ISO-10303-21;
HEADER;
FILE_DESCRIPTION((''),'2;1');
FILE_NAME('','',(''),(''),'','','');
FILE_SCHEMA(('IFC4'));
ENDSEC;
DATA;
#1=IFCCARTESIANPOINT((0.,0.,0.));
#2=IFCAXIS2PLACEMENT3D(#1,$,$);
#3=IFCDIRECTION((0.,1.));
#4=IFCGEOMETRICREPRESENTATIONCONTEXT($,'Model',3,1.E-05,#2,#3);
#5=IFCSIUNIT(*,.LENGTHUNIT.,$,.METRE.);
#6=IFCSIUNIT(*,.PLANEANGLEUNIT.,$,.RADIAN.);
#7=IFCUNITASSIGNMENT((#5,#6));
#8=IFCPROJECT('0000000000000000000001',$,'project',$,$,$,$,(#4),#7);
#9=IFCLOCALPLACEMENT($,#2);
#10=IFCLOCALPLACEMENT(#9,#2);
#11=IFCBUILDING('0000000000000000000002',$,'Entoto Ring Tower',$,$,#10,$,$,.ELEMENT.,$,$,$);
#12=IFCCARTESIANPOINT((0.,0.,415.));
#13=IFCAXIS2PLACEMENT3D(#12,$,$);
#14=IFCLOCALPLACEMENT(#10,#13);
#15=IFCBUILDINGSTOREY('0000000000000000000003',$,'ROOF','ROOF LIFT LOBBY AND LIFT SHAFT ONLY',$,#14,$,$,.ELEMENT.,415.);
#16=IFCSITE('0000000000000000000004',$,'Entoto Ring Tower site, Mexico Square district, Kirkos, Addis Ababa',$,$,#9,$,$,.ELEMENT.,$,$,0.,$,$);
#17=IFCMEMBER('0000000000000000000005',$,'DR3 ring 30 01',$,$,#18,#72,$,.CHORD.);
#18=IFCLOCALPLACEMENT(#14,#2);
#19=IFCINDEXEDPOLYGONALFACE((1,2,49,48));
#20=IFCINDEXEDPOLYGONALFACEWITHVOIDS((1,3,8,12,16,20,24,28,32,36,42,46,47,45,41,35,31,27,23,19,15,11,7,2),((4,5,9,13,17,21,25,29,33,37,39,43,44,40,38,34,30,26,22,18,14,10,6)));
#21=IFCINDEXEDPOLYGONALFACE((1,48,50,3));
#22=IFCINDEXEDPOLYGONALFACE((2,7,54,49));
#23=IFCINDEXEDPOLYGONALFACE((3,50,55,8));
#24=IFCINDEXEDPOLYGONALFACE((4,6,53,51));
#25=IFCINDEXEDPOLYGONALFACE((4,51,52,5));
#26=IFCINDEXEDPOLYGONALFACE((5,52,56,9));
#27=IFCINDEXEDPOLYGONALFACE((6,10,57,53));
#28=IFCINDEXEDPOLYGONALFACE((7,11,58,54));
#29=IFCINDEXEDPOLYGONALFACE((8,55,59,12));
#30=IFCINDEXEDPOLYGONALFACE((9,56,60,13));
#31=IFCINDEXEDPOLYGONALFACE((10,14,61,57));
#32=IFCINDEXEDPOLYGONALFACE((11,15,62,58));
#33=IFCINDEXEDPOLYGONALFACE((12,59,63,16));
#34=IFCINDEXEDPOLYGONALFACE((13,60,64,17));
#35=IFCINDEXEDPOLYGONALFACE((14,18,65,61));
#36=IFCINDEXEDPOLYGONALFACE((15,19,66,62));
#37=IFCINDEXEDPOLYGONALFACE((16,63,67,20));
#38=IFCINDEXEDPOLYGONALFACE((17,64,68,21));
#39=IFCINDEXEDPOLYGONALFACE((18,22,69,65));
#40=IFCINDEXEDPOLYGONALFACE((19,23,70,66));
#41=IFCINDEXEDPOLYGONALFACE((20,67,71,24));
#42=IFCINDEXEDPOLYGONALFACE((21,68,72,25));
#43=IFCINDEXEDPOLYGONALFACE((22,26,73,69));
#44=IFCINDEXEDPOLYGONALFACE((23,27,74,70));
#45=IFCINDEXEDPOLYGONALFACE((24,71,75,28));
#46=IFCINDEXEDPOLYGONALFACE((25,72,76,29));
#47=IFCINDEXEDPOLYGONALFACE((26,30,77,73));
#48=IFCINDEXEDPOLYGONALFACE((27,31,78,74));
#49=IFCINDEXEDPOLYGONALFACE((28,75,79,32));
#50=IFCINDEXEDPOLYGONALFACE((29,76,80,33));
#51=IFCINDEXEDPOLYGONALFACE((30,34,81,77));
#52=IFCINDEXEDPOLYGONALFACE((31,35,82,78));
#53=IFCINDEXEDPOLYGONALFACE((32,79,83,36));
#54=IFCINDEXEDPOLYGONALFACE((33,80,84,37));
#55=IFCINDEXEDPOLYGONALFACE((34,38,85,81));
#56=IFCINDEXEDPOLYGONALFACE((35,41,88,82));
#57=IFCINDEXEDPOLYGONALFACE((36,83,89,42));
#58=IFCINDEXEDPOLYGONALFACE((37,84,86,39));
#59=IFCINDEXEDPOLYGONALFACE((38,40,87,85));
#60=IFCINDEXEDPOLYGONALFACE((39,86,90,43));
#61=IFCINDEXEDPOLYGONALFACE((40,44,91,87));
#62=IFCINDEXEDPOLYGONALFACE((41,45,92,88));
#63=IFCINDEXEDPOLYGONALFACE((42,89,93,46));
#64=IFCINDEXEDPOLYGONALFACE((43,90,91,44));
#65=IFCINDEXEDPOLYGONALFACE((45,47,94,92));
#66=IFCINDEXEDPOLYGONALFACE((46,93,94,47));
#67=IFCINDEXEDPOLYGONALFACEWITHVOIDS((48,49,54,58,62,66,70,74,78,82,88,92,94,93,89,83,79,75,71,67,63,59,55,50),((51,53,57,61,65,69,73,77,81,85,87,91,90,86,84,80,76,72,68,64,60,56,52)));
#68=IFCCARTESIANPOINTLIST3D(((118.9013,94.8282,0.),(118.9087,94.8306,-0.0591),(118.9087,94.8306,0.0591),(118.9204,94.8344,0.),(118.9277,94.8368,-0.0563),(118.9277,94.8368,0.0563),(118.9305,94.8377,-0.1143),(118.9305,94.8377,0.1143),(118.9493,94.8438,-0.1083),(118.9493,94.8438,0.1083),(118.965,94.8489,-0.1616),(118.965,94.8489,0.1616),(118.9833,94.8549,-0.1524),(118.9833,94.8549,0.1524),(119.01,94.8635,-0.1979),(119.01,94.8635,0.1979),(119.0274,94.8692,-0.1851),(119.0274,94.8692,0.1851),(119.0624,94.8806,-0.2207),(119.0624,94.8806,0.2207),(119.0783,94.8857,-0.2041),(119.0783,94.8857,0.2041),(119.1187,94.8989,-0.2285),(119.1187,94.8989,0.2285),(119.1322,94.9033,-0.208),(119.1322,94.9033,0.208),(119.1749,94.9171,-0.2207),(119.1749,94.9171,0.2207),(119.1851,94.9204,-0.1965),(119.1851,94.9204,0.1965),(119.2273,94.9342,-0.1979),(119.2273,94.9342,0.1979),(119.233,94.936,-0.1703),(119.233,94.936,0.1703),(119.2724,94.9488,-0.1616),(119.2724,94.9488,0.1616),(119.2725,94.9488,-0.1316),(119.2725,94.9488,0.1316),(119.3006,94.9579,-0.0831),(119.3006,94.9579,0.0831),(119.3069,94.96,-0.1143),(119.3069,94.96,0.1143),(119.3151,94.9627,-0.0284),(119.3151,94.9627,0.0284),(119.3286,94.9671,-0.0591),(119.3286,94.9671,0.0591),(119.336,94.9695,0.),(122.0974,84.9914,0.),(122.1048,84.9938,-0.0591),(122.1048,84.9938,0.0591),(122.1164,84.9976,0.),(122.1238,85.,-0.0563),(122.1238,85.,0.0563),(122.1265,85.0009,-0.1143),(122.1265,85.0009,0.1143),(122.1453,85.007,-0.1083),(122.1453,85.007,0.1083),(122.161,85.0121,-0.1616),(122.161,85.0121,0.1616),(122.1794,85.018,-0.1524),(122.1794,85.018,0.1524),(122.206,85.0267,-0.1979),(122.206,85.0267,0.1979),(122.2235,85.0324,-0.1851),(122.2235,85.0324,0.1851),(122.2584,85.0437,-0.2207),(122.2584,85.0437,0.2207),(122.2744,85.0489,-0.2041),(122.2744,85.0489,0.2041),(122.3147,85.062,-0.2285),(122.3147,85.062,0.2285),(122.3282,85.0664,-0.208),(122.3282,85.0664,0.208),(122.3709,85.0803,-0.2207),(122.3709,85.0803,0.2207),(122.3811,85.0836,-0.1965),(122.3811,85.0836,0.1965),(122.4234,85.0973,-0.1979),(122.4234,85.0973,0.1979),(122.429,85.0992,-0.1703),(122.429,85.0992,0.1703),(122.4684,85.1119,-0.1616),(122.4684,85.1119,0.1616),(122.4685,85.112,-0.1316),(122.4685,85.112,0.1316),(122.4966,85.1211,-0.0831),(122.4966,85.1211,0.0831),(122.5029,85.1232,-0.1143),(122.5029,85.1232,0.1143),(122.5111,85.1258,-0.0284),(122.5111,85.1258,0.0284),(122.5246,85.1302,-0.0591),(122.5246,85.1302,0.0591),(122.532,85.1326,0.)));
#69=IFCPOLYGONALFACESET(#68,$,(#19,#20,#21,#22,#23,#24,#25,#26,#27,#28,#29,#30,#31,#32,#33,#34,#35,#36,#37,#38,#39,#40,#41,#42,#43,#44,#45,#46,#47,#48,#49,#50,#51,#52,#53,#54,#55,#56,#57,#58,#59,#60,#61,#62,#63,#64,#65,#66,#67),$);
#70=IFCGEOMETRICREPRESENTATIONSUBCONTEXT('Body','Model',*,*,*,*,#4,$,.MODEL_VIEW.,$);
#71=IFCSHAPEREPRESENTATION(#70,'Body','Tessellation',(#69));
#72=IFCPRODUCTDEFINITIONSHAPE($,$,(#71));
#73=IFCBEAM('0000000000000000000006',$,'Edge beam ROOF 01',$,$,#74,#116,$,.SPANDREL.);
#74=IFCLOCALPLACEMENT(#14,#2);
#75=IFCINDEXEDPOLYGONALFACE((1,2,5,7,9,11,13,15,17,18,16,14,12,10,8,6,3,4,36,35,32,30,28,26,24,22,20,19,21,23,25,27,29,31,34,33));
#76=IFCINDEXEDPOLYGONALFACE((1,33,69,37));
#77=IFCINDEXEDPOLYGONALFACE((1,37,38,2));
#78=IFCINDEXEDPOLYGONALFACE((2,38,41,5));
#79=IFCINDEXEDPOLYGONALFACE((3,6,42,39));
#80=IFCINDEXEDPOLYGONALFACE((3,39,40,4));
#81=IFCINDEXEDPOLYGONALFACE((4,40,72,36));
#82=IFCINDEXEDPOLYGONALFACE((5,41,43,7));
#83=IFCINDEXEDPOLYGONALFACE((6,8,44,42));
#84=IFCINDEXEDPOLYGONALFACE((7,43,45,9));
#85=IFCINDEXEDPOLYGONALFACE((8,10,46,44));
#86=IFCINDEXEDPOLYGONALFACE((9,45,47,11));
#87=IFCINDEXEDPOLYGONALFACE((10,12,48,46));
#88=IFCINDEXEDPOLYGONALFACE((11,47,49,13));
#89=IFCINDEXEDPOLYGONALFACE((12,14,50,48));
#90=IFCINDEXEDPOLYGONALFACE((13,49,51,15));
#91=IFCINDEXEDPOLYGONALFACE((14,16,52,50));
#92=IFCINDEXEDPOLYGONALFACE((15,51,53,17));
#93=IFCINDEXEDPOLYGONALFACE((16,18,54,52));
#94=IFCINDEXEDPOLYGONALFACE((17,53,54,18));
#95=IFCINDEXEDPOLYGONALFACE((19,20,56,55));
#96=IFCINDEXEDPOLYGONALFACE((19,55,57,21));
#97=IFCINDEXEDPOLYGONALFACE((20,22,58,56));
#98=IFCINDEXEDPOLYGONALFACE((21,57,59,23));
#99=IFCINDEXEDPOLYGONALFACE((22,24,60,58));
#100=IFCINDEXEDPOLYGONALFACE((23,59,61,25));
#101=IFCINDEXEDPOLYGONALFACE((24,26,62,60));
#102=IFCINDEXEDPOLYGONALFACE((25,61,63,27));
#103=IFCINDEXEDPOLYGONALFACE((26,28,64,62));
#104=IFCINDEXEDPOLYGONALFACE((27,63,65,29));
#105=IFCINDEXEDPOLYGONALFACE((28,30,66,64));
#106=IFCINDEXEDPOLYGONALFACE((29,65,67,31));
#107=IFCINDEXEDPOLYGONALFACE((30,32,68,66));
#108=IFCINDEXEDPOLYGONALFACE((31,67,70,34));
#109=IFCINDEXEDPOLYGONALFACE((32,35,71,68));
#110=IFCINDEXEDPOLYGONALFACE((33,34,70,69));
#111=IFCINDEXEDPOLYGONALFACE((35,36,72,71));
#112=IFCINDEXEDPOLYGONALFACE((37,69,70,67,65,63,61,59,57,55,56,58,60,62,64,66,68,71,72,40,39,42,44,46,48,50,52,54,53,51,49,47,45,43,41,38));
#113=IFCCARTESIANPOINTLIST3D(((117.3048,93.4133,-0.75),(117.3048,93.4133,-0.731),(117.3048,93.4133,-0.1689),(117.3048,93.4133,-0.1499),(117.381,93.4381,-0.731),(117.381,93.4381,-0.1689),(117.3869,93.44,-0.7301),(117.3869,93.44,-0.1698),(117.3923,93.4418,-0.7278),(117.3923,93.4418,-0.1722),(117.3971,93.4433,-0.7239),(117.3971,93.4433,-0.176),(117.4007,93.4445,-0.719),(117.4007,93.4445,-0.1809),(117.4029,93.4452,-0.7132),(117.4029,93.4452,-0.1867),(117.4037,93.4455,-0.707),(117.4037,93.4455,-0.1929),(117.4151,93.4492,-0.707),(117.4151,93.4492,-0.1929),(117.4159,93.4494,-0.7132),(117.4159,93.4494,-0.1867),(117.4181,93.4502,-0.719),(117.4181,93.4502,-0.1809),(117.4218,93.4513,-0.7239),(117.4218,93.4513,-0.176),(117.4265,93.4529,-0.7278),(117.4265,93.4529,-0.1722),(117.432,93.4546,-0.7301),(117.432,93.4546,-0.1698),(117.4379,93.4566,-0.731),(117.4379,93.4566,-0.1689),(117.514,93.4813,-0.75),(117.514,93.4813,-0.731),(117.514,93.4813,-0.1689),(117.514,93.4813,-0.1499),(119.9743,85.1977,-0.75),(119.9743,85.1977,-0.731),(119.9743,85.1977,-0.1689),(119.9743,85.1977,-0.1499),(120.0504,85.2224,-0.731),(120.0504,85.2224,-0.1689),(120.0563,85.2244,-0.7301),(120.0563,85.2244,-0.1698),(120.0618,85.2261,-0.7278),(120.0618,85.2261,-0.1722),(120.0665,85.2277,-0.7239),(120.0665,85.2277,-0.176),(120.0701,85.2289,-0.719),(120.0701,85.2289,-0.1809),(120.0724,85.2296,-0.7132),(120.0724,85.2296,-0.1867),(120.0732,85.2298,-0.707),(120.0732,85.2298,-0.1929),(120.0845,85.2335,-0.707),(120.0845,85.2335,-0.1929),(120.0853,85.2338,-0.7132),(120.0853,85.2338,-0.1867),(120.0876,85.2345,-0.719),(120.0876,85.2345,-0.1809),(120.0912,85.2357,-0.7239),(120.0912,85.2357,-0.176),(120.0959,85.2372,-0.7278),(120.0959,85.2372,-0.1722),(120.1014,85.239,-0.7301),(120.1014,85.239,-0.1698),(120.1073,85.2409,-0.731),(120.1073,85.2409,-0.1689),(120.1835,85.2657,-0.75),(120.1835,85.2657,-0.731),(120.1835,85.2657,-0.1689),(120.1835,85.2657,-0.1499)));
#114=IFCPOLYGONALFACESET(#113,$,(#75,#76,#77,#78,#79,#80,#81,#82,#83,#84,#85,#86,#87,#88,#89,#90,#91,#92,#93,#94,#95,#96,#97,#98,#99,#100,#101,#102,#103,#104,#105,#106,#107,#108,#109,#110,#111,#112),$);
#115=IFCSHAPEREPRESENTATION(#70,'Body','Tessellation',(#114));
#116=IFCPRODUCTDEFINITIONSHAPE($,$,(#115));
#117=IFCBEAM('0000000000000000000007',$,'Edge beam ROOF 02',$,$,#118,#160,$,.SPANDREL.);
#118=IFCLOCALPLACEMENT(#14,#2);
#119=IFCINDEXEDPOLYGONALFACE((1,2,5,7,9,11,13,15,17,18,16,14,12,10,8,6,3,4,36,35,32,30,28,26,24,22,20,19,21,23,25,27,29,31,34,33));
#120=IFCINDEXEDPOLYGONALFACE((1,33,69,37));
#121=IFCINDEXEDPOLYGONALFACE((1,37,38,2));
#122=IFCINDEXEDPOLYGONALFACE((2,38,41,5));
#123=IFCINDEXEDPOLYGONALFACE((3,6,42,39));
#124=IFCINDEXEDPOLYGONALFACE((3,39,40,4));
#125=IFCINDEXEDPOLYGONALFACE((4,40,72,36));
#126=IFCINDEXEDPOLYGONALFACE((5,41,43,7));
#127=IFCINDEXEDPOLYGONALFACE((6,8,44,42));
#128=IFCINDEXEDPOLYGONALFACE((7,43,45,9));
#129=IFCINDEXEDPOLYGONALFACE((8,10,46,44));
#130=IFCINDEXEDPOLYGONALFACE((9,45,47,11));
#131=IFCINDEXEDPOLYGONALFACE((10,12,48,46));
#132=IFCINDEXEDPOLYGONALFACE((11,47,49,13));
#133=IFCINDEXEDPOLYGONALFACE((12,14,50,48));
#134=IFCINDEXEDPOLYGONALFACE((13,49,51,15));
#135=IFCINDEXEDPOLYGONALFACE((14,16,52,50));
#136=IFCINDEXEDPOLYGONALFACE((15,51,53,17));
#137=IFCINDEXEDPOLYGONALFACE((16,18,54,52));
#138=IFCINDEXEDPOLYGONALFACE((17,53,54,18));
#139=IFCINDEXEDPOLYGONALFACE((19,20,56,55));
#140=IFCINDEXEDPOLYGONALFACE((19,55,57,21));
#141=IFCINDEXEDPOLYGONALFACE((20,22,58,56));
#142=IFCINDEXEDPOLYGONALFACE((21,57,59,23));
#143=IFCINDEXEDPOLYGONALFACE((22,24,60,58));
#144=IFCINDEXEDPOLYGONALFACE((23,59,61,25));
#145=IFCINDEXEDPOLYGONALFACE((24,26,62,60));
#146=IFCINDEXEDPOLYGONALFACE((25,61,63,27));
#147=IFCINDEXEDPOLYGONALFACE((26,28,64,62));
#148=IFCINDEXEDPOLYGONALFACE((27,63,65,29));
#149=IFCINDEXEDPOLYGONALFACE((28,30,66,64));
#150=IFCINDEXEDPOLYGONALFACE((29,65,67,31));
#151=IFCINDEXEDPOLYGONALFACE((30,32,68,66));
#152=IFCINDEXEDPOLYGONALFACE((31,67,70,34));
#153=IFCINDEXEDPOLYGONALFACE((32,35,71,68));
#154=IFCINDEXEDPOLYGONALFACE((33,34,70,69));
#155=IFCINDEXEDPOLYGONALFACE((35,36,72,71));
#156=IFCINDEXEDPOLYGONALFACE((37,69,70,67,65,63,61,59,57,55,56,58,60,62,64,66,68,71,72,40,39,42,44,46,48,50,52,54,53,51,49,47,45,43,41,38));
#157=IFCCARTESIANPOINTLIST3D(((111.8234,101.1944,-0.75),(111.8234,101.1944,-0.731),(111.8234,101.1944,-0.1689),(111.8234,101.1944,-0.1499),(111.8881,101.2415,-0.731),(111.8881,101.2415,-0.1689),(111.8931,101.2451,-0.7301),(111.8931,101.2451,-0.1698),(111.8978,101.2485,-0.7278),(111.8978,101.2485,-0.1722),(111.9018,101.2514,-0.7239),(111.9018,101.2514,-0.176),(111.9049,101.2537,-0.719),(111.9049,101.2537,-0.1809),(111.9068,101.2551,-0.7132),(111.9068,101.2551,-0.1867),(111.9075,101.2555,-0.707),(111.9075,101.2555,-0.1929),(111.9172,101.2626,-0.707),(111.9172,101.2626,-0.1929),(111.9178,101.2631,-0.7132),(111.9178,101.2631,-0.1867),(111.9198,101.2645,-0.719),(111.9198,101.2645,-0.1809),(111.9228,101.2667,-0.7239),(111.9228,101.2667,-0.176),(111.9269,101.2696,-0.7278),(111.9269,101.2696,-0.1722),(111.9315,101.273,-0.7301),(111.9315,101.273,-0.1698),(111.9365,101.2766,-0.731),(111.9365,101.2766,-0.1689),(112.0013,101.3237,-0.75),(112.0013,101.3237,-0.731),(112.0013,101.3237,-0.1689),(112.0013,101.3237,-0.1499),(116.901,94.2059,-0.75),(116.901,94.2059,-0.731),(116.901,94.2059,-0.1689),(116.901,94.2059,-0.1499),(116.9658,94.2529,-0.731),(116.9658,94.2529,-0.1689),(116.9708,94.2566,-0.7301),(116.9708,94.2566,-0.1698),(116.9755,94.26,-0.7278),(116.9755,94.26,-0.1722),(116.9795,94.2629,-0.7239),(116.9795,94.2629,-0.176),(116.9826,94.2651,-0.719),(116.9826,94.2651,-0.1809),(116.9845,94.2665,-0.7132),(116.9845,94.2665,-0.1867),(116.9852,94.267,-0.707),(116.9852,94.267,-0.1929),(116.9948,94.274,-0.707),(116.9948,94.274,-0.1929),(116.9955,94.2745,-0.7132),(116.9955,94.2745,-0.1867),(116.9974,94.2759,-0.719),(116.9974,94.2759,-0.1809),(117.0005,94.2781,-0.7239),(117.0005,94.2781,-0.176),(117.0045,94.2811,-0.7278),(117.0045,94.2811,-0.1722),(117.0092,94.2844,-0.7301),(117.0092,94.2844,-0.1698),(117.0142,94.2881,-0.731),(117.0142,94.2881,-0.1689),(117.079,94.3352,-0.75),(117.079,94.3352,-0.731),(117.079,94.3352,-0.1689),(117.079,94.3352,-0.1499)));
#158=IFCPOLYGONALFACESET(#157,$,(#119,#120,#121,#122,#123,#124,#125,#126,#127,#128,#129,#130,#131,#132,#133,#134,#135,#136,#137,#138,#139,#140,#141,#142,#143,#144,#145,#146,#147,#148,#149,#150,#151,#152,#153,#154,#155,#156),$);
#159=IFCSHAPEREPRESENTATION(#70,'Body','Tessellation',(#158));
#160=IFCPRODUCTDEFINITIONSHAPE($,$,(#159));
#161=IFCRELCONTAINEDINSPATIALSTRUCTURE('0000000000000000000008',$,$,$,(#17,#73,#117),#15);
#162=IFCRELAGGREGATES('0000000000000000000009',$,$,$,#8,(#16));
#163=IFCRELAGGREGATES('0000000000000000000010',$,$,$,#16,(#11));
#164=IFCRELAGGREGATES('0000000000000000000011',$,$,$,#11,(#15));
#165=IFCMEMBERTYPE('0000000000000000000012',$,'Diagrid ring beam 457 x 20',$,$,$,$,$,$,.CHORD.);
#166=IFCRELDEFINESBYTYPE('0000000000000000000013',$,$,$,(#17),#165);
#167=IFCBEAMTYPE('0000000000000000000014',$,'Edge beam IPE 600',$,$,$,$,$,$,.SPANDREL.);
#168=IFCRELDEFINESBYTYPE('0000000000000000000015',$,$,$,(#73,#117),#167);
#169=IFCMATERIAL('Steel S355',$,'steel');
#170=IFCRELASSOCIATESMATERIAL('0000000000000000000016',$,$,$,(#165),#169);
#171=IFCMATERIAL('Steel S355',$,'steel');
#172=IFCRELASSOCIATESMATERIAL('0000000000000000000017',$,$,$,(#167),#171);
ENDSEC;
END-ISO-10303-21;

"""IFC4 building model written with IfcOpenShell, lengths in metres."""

from ifc_helpers import new_model, si_unit, direction, frame, origin, origin_2d, place, context, subcontext, project, spatial, circle, hollow_circle, i_section, extrude, material, material_profile, profile_set, type_object, element, save


model = new_model("IFC4")

# Units and contexts
model_context = context("Model", 3, precision=1e-05, world=origin(), true_north=direction((0.0, 1.0)))
body_context = subcontext(model_context, "Body", "Model", "MODEL_VIEW")
ifc_project = project(units=[si_unit("LENGTHUNIT", "METRE"), si_unit("PLANEANGLEUNIT", "RADIAN")], contexts=[model_context])

# Site, building, storey
site_placement = place(None, origin())
site = spatial("IfcSite", under=ifc_project, at=site_placement, Name="Entoto Ring Tower site, Mexico Square district, Kirkos, Addis Ababa", CompositionType="ELEMENT", RefElevation=0.0)
building_placement = place(site_placement, origin())
building = spatial("IfcBuilding", under=site, at=building_placement, Name="Entoto Ring Tower", CompositionType="ELEMENT")
storey_placement = place(building_placement, frame((0.0, 0.0, 415.0)))
storey = spatial("IfcBuildingStorey", under=building, at=storey_placement, Name="ROOF", Description="ROOF LIFT LOBBY AND LIFT SHAFT ONLY", CompositionType="ELEMENT", Elevation=415.0)

# Member
ifc_material_1 = material(Name="Steel S355", Category="steel")
ifc_material_profile_1 = material_profile(ifc_material_1, hollow_circle(Radius=0.2285, WallThickness=0.02, at=origin_2d()), Name="CHS 457 x 20")
ifc_material_2 = material(Name="Concrete C60/75", Category="concrete")
ifc_material_profile_2 = material_profile(ifc_material_2, circle(Radius=0.2085, at=origin_2d()), Name="Concrete C60/75 infill")
ifc_profile_set_1 = profile_set([ifc_material_profile_1, ifc_material_profile_2], Name="Steel S355")
member_type_1 = type_object("IfcMemberType", Name="Diagrid ring beam 457 x 20", PredefinedType="CHORD", material=ifc_profile_set_1)
member_1_placement = place(storey_placement, frame((122.3147, 85.062, 0.0), z_axis=(-0.309003, 0.951061, 0.0), x_axis=(-0.951061, -0.309003, 0.0)))
element("IfcMember", 1, at=member_1_placement, inside=storey, type_object=member_type_1, Name="DR3 ring 30 01", PredefinedType="CHORD", context=body_context, shape_type="SweptSolid", body=[
    extrude(hollow_circle(Radius=0.2285, WallThickness=0.02, at=origin_2d()), origin(), (0.0, 0.0, 1.0), 10.343),
])

# Beams
ifc_material_3 = material(Name="Steel S355", Category="steel")
ifc_material_profile_3 = material_profile(ifc_material_3, i_section(OverallWidth=0.22, OverallDepth=0.6001, WebThickness=0.012, FlangeThickness=0.019, FilletRadius=0.0239, at=origin_2d()), Name="IPE 600")
ifc_profile_set_2 = profile_set([ifc_material_profile_3], Name="Steel S355")
beam_type_1 = type_object("IfcBeamType", Name="Edge beam IPE 600", PredefinedType="SPANDREL", material=ifc_profile_set_2)
for number, where, z_axis, x_axis, name in (
    (2, (120.0789, 85.2317, -0.45), (-0.30902, 0.951055, 0.0), (-0.951055, -0.30902, 0.0), "Edge beam ROOF 01"),
    (3, (116.99, 94.2705, -0.45), (-0.587799, 0.809007, 0.0), (-0.809007, -0.587799, 0.0), "Edge beam ROOF 02"),
):
    element("IfcBeam", number, at=place(storey_placement, frame(where, z_axis=z_axis, x_axis=x_axis)), inside=storey, type_object=beam_type_1, Name=name, PredefinedType="SPANDREL", context=body_context, shape_type="SweptSolid", body=[
        extrude(i_section(OverallWidth=0.22, OverallDepth=0.6001, WebThickness=0.012, FlangeThickness=0.019, FilletRadius=0.0239, at=origin_2d()), origin(), (0.0, 0.0, 1.0), 8.6384),
    ])

save(model, "model.ifc")
